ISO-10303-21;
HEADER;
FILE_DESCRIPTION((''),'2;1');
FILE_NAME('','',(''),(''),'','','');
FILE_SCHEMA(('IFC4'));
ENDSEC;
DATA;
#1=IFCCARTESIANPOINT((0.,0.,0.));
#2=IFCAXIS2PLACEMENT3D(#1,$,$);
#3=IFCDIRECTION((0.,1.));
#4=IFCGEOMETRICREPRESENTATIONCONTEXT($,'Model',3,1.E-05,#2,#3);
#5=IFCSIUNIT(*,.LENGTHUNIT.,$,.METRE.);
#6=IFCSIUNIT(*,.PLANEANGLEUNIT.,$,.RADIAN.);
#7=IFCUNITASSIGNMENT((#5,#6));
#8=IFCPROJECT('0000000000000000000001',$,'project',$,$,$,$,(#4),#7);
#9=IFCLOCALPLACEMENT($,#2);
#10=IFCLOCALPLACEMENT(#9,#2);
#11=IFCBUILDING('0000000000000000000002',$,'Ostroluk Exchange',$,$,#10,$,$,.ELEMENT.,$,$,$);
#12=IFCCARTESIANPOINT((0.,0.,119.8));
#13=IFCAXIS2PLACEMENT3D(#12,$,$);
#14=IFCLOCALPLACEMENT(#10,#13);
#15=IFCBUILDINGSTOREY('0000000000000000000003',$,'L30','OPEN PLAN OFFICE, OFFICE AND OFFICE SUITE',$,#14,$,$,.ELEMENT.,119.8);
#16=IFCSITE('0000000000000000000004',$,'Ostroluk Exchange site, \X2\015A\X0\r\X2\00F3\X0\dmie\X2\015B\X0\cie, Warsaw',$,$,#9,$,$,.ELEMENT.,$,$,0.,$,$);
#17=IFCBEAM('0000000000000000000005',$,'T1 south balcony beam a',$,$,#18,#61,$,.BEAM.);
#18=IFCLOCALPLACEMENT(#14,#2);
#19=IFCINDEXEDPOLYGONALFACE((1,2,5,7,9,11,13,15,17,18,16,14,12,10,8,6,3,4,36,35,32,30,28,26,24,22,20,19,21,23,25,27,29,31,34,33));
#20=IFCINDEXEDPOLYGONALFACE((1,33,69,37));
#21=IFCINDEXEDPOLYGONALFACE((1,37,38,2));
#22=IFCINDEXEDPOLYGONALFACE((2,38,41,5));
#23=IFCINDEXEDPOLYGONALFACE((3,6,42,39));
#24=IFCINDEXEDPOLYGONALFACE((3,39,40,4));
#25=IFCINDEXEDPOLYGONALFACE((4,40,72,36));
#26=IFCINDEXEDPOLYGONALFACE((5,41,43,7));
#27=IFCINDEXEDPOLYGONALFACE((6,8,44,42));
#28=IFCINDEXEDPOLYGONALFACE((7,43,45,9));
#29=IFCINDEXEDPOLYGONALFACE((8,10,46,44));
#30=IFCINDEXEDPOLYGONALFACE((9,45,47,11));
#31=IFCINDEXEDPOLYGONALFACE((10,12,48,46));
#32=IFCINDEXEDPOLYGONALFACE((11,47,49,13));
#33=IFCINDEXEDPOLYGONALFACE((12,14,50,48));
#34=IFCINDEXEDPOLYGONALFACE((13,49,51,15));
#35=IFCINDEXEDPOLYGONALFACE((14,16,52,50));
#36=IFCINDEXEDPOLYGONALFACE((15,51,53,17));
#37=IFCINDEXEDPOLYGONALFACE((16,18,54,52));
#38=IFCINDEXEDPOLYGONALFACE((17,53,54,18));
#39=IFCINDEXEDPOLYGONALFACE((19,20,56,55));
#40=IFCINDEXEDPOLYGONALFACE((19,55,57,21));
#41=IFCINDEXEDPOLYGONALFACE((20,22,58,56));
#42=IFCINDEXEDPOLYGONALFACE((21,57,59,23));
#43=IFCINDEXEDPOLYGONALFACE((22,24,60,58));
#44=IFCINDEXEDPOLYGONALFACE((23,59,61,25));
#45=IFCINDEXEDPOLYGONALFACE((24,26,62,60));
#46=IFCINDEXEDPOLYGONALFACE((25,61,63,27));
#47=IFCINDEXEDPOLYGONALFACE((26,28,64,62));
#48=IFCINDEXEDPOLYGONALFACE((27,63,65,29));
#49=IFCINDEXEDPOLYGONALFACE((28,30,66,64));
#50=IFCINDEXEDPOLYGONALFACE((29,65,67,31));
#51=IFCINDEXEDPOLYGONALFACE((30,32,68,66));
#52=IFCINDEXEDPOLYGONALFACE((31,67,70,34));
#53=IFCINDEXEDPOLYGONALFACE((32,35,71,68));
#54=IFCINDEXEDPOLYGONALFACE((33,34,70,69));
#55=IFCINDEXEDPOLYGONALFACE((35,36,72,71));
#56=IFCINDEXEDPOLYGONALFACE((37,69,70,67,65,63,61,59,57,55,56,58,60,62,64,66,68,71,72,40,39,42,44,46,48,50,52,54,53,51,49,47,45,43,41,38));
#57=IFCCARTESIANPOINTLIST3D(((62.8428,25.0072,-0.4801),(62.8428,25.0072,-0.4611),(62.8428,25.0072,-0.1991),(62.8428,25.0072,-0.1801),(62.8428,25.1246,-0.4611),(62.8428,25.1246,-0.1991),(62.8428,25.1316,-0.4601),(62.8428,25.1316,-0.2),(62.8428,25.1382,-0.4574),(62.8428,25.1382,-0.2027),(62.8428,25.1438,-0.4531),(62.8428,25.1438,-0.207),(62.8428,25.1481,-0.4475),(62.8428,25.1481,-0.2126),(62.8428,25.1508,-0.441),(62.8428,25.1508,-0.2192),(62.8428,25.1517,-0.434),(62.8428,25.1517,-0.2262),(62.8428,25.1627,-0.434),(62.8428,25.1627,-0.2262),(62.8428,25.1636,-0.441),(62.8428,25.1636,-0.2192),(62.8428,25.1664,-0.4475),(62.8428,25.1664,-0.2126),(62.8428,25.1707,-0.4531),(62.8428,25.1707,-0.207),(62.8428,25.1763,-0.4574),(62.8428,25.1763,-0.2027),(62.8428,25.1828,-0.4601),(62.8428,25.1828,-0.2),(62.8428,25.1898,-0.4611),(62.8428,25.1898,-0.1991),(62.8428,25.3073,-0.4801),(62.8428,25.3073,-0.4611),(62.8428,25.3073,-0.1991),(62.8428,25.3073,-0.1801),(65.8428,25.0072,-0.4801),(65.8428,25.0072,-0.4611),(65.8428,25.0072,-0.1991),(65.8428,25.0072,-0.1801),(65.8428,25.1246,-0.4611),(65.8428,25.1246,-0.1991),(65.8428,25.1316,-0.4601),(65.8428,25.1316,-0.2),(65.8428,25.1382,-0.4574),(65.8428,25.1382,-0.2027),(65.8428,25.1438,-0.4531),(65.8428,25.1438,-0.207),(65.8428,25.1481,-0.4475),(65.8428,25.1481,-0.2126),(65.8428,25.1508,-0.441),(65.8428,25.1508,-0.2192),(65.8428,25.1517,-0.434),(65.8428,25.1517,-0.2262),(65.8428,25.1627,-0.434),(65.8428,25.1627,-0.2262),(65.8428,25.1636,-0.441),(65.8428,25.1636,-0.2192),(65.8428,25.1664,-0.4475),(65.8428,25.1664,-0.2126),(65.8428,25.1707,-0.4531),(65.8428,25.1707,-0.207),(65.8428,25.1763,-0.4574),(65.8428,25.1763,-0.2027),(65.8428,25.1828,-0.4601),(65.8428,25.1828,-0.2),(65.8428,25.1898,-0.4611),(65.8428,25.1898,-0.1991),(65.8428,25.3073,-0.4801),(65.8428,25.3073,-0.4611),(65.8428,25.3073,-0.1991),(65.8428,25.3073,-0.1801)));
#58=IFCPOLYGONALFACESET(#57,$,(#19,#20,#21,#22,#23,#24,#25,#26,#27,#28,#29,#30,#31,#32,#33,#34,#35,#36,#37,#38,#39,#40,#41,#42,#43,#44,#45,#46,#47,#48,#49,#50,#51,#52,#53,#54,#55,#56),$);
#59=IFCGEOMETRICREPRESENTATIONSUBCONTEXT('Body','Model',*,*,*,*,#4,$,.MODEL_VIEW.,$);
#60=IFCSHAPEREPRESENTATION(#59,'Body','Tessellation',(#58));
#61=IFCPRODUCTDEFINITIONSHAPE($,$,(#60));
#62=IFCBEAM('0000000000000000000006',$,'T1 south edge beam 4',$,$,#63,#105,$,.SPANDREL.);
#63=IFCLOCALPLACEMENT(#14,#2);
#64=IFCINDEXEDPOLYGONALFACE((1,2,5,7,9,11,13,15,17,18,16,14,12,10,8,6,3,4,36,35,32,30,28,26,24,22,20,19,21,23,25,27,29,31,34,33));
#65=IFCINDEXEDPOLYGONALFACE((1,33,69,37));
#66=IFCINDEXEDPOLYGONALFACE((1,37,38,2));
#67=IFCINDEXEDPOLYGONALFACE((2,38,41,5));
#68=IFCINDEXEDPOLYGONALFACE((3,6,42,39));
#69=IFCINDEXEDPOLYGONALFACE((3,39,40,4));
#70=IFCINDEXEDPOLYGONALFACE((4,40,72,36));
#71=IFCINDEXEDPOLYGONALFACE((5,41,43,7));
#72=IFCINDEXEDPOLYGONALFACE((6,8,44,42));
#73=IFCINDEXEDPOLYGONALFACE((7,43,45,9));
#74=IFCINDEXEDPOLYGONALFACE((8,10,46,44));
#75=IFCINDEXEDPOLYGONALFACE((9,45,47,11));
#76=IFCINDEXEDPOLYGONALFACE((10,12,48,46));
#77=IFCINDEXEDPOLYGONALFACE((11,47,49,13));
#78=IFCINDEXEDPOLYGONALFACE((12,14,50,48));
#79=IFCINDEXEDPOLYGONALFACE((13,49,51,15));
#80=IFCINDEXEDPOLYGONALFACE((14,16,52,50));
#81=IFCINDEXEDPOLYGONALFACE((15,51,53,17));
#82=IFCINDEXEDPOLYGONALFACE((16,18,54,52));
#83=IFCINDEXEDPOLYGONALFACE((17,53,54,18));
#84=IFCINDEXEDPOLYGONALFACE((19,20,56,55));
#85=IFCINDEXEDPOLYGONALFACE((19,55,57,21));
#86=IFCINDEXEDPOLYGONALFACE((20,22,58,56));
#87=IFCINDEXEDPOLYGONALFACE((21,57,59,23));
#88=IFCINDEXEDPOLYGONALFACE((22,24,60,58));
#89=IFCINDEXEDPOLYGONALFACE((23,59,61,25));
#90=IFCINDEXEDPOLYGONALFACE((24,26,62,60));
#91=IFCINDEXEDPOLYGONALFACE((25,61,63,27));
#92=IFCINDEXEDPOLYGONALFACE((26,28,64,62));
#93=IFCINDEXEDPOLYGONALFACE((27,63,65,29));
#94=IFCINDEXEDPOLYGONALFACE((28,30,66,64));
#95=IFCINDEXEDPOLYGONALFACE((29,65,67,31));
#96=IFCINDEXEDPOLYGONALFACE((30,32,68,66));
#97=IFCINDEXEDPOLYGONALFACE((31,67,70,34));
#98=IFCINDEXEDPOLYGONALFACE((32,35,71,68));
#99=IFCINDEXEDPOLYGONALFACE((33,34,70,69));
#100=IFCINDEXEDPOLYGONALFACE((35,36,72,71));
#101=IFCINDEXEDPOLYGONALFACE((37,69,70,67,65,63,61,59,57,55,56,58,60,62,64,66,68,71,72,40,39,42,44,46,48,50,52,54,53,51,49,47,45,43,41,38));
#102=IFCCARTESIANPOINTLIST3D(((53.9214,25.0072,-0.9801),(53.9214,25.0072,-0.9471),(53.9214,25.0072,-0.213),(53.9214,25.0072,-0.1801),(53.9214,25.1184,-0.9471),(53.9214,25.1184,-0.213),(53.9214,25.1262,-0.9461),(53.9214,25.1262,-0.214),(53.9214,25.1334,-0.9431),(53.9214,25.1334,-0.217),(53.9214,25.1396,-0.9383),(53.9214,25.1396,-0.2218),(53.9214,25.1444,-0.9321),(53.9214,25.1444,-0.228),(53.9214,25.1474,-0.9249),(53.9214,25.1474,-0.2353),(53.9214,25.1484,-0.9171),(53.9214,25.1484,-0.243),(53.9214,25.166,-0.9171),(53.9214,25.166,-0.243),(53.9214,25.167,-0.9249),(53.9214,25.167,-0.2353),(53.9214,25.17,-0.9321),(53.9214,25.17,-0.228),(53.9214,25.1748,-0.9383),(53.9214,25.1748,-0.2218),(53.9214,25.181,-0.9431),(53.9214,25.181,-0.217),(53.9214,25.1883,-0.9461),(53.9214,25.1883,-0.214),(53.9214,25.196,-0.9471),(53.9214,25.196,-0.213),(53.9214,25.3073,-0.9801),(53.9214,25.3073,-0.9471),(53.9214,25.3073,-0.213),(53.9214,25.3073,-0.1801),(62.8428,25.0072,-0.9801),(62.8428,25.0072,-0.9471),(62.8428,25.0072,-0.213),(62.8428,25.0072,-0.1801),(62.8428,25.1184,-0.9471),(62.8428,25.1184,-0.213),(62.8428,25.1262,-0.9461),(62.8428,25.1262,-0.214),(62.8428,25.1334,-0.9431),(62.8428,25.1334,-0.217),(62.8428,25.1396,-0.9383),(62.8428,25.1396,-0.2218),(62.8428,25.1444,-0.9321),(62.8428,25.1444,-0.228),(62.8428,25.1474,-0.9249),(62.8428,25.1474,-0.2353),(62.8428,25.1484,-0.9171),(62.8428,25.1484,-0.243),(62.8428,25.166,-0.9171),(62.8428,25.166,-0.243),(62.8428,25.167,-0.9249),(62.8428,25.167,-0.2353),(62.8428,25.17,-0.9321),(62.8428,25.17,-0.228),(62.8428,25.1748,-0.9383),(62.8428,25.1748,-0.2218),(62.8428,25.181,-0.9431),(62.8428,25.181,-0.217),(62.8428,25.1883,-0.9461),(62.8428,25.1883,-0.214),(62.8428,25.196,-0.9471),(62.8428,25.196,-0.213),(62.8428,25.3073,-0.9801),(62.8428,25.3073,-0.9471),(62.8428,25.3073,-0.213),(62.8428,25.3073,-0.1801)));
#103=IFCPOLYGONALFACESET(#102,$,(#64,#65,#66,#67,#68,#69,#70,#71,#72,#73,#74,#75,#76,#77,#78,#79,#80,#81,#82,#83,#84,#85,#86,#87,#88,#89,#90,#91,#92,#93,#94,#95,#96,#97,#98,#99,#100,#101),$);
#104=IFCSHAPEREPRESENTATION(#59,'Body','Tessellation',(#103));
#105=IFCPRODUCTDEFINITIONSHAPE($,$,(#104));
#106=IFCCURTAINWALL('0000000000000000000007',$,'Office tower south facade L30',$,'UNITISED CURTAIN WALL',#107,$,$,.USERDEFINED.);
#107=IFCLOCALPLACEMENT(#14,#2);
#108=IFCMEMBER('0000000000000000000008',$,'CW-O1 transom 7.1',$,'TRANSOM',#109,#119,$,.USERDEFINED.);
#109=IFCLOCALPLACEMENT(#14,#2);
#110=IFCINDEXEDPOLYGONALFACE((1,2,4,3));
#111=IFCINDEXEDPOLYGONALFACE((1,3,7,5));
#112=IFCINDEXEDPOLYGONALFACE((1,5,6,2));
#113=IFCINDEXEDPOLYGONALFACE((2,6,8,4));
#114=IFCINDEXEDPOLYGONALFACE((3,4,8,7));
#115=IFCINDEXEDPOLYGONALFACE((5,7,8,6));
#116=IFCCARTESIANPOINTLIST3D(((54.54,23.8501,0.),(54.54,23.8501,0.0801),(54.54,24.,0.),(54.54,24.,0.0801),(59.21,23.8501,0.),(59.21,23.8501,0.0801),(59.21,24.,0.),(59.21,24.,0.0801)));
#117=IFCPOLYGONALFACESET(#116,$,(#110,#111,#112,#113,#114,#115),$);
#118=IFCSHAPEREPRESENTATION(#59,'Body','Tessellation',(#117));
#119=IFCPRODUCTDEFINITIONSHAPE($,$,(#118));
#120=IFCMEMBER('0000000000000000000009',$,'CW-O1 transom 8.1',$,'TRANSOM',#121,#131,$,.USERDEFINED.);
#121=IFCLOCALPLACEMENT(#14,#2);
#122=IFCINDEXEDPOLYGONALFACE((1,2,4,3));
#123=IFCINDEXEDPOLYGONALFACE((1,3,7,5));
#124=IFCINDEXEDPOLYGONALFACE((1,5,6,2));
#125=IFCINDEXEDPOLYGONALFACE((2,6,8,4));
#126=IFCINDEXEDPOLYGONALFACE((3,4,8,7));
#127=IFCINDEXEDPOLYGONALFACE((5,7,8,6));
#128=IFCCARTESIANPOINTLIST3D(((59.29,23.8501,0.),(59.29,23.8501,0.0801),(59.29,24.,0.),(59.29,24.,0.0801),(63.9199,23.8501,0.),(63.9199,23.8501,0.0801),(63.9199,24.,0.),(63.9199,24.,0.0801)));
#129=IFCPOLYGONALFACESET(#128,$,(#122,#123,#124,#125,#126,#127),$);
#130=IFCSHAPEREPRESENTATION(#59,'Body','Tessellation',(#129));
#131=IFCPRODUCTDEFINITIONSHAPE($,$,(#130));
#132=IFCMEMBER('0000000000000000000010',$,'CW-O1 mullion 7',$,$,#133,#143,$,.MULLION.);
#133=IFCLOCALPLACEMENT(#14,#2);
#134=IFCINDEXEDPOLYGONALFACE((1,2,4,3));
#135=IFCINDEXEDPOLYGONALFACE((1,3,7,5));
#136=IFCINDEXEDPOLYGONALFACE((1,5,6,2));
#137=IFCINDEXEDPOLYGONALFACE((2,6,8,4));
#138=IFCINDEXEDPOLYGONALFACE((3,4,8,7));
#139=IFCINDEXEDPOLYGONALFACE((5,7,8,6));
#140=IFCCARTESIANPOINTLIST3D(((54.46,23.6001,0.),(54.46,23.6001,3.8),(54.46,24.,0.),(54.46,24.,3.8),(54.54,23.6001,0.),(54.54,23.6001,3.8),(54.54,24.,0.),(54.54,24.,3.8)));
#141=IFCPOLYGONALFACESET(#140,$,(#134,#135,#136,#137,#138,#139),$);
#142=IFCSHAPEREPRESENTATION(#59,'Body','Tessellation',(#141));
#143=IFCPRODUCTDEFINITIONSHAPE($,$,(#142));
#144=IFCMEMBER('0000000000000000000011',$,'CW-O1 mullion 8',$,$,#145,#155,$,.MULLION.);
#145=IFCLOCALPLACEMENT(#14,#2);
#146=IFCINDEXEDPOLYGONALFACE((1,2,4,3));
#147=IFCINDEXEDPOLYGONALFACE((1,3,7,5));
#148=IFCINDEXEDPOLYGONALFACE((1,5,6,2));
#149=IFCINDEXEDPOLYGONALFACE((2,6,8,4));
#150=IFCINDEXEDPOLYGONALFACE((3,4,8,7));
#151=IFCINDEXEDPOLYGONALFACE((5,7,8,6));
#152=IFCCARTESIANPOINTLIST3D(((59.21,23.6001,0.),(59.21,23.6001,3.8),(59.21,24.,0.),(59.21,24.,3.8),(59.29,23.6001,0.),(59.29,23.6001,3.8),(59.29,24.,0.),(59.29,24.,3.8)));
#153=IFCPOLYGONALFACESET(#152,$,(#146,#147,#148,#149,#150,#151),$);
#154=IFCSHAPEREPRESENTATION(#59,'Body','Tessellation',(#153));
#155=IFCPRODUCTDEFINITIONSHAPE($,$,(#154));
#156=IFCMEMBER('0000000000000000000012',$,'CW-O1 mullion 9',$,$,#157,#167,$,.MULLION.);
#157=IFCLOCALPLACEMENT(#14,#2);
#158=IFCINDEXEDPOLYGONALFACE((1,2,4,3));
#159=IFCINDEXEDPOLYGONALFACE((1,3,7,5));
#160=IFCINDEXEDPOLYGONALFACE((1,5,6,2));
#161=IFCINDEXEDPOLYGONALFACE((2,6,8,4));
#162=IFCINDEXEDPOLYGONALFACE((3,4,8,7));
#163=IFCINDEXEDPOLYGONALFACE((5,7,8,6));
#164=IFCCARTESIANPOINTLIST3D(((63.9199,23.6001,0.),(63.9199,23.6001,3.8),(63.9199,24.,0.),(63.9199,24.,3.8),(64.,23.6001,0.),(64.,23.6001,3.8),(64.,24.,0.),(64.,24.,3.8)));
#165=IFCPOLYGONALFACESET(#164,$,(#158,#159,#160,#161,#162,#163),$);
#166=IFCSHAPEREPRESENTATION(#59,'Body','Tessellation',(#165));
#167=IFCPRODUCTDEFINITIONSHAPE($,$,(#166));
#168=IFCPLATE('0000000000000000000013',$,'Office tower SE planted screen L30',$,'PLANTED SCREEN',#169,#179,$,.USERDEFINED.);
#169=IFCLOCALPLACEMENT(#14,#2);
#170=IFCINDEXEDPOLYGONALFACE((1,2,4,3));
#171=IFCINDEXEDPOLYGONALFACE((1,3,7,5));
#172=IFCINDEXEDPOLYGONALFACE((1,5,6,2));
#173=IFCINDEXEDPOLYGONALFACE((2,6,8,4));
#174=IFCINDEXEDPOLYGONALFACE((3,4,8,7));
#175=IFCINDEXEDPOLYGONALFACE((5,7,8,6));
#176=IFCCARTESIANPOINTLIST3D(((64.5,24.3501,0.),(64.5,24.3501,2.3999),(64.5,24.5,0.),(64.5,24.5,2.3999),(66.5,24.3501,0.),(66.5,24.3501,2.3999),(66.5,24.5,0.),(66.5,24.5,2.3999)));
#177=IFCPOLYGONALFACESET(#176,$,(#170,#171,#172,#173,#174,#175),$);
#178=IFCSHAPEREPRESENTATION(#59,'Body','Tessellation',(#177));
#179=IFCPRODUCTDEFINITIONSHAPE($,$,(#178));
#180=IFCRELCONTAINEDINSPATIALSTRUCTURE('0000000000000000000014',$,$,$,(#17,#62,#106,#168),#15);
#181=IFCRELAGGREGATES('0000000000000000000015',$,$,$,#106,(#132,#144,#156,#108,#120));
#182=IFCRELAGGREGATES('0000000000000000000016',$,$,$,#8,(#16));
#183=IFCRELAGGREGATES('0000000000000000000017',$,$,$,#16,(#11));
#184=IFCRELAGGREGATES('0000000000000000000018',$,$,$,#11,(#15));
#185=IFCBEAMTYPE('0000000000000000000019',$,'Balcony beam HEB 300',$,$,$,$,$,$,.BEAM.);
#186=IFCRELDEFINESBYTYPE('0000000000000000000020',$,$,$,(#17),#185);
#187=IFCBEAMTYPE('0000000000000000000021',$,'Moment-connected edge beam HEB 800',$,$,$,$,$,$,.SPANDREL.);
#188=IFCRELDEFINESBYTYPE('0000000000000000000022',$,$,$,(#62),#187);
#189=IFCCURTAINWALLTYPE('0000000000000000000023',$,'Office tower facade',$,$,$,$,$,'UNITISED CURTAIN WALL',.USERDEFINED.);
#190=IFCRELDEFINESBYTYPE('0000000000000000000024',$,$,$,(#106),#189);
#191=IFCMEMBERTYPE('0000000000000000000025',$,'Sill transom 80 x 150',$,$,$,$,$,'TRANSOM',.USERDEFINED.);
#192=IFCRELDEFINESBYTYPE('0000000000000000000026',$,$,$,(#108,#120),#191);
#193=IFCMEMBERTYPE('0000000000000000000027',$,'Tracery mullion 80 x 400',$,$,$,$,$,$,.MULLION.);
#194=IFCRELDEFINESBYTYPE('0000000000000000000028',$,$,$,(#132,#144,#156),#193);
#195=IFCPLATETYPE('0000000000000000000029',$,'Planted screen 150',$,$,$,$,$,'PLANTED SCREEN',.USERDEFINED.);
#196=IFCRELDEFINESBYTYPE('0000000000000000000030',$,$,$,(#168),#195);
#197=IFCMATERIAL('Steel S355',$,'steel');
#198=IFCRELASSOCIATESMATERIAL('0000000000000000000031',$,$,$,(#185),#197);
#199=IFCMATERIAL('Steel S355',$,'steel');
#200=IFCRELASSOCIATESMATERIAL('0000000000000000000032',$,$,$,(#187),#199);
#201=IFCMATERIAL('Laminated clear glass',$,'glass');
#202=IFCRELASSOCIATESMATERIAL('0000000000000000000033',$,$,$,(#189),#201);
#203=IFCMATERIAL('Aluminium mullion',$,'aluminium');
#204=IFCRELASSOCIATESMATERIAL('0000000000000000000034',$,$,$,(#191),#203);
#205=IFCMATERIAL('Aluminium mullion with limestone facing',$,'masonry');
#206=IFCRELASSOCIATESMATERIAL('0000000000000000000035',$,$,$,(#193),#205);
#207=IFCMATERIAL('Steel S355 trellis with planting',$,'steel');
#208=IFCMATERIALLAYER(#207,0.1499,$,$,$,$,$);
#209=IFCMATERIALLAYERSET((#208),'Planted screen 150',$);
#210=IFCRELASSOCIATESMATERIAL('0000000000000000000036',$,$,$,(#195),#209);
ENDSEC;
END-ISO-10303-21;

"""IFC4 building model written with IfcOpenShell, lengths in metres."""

from ifc_helpers import new_model, si_unit, direction, frame, origin, origin_2d, place, context, subcontext, project, spatial, rectangle, i_section, extrude, material, layer, layer_set, material_profile, profile_set, type_object, element, aggregate, save


model = new_model("IFC4")

# Units and contexts
model_context = context("Model", 3, precision=1e-05, world=origin(), true_north=direction((0.0, 1.0)))
body_context = subcontext(model_context, "Body", "Model", "MODEL_VIEW")
ifc_project = project(units=[si_unit("LENGTHUNIT", "METRE"), si_unit("PLANEANGLEUNIT", "RADIAN")], contexts=[model_context])

# Site, building, storey
site_placement = place(None, origin())
site = spatial("IfcSite", under=ifc_project, at=site_placement, Name="Ostroluk Exchange site, Śródmieście, Warsaw", CompositionType="ELEMENT", RefElevation=0.0)
building_placement = place(site_placement, origin())
building = spatial("IfcBuilding", under=site, at=building_placement, Name="Ostroluk Exchange", CompositionType="ELEMENT")
storey_placement = place(building_placement, frame((0.0, 0.0, 119.8)))
storey = spatial("IfcBuildingStorey", under=building, at=storey_placement, Name="L30", Description="OPEN PLAN OFFICE, OFFICE AND OFFICE SUITE", CompositionType="ELEMENT", Elevation=119.8)

# Beams
ifc_material_1 = material(Name="Steel S355", Category="steel")
ifc_material_profile_1 = material_profile(ifc_material_1, i_section(OverallWidth=0.3, OverallDepth=0.3, WebThickness=0.011, FlangeThickness=0.019, FilletRadius=0.0271, at=origin_2d()), Name="HEB 300")
ifc_profile_set_1 = profile_set([ifc_material_profile_1], Name="Steel S355")
beam_type_1 = type_object("IfcBeamType", Name="Balcony beam HEB 300", PredefinedType="BEAM", material=ifc_profile_set_1)
beam_1_placement = place(storey_placement, frame((62.8428, 25.1572, -0.3301), z_axis=(1.0, 0.0, 0.0), x_axis=(0.0, 1.0, 0.0)))
element("IfcBeam", 1, at=beam_1_placement, inside=storey, type_object=beam_type_1, Name="T1 south balcony beam a", PredefinedType="BEAM", context=body_context, shape_type="SweptSolid", body=[
    extrude(i_section(OverallWidth=0.3, OverallDepth=0.3, WebThickness=0.011, FlangeThickness=0.019, FilletRadius=0.0271, at=origin_2d()), origin(), (0.0, 0.0, 1.0), 3.0),
])
ifc_material_2 = material(Name="Steel S355", Category="steel")
ifc_material_profile_2 = material_profile(ifc_material_2, i_section(OverallWidth=0.3, OverallDepth=0.8, WebThickness=0.0176, FlangeThickness=0.033, FilletRadius=0.03, at=origin_2d()), Name="HEB 800")
ifc_profile_set_2 = profile_set([ifc_material_profile_2], Name="Steel S355")
beam_type_2 = type_object("IfcBeamType", Name="Moment-connected edge beam HEB 800", PredefinedType="SPANDREL", material=ifc_profile_set_2)
beam_2_placement = place(storey_placement, frame((53.9214, 25.1572, -0.5801), z_axis=(1.0, 0.0, 0.0), x_axis=(0.0, 1.0, 0.0)))
element("IfcBeam", 2, at=beam_2_placement, inside=storey, type_object=beam_type_2, Name="T1 south edge beam 4", PredefinedType="SPANDREL", context=body_context, shape_type="SweptSolid", body=[
    extrude(i_section(OverallWidth=0.3, OverallDepth=0.8, WebThickness=0.0176, FlangeThickness=0.033, FilletRadius=0.03, at=origin_2d()), origin(), (0.0, 0.0, 1.0), 8.9214),
])

# Curtain wall, members
ifc_material_3 = material(Name="Laminated clear glass", Category="glass")
curtain_wall_type = type_object("IfcCurtainWallType", Name="Office tower facade", ElementType="UNITISED CURTAIN WALL", PredefinedType="USERDEFINED", material=ifc_material_3)
curtain_wall_placement = place(storey_placement, origin())
curtain_wall = element("IfcCurtainWall", 3, at=curtain_wall_placement, inside=storey, type_object=curtain_wall_type, Name="Office tower south facade L30", ObjectType="UNITISED CURTAIN WALL", PredefinedType="USERDEFINED")
ifc_material_4 = material(Name="Aluminium mullion", Category="aluminium")
ifc_material_profile_3 = material_profile(ifc_material_4, rectangle(XDim=0.1499, YDim=0.0801, at=origin_2d()), Name="Sill transom 80 x 150")
ifc_profile_set_3 = profile_set([ifc_material_profile_3], Name="Aluminium mullion")
member_type_1 = type_object("IfcMemberType", Name="Sill transom 80 x 150", ElementType="TRANSOM", PredefinedType="USERDEFINED", material=ifc_profile_set_3)
member_1_placement = place(storey_placement, frame((54.54, 23.925, 0.04), z_axis=(1.0, 0.0, 0.0), x_axis=(0.0, 1.0, 0.0)))
member_1 = element("IfcMember", 4, at=member_1_placement, type_object=member_type_1, Name="CW-O1 transom 7.1", ObjectType="TRANSOM", PredefinedType="USERDEFINED", context=body_context, shape_type="SweptSolid", body=[
    extrude(rectangle(XDim=0.1499, YDim=0.0801, at=origin_2d()), origin(), (0.0, 0.0, 1.0), 4.6699),
])
member_2_placement = place(storey_placement, frame((59.29, 23.925, 0.04), z_axis=(1.0, 0.0, 0.0), x_axis=(0.0, 1.0, 0.0)))
member_2 = element("IfcMember", 5, at=member_2_placement, type_object=member_type_1, Name="CW-O1 transom 8.1", ObjectType="TRANSOM", PredefinedType="USERDEFINED", context=body_context, shape_type="SweptSolid", body=[
    extrude(rectangle(XDim=0.1499, YDim=0.0801, at=origin_2d()), origin(), (0.0, 0.0, 1.0), 4.6299),
])
ifc_material_5 = material(Name="Aluminium mullion with limestone facing", Category="masonry")
ifc_material_profile_4 = material_profile(ifc_material_5, rectangle(XDim=0.3999, YDim=0.0801, at=origin_2d()), Name="Tracery mullion 80 x 400")
ifc_profile_set_4 = profile_set([ifc_material_profile_4], Name="Aluminium mullion with limestone facing")
member_type_2 = type_object("IfcMemberType", Name="Tracery mullion 80 x 400", PredefinedType="MULLION", material=ifc_profile_set_4)
member_3_placement = place(storey_placement, frame((54.5, 23.8, 0.0), z_axis=(0.0, 0.0, 1.0), x_axis=(0.0, 1.0, 0.0)))
member_3 = element("IfcMember", 6, at=member_3_placement, type_object=member_type_2, Name="CW-O1 mullion 7", PredefinedType="MULLION", context=body_context, shape_type="SweptSolid", body=[
    extrude(rectangle(XDim=0.3999, YDim=0.0801, at=origin_2d()), origin(), (0.0, 0.0, 1.0), 3.8),
])
member_4_placement = place(storey_placement, frame((59.25, 23.8, 0.0), z_axis=(0.0, 0.0, 1.0), x_axis=(0.0, 1.0, 0.0)))
member_4 = element("IfcMember", 7, at=member_4_placement, type_object=member_type_2, Name="CW-O1 mullion 8", PredefinedType="MULLION", context=body_context, shape_type="SweptSolid", body=[
    extrude(rectangle(XDim=0.3999, YDim=0.0801, at=origin_2d()), origin(), (0.0, 0.0, 1.0), 3.8),
])
member_5_placement = place(storey_placement, frame((63.96, 23.8, 0.0), z_axis=(0.0, 0.0, 1.0), x_axis=(0.0, 1.0, 0.0)))
member_5 = element("IfcMember", 8, at=member_5_placement, type_object=member_type_2, Name="CW-O1 mullion 9", PredefinedType="MULLION", context=body_context, shape_type="SweptSolid", body=[
    extrude(rectangle(XDim=0.3999, YDim=0.0801, at=origin_2d()), origin(), (0.0, 0.0, 1.0), 3.8),
])

# Plate
ifc_material_6 = material(Name="Steel S355 trellis with planting", Category="steel")
ifc_layer_1 = layer(ifc_material_6, 0.1499)
ifc_layer_set_1 = layer_set([ifc_layer_1], Name="Planted screen 150")
plate_type_1 = type_object("IfcPlateType", Name="Planted screen 150", ElementType="PLANTED SCREEN", PredefinedType="USERDEFINED", material=ifc_layer_set_1)
plate_1_placement = place(storey_placement, frame((65.5, 24.425, 0.0), z_axis=(0.0, 0.0, 1.0), x_axis=(1.0, 0.0, 0.0)))
element("IfcPlate", 9, at=plate_1_placement, inside=storey, type_object=plate_type_1, Name="Office tower SE planted screen L30", ObjectType="PLANTED SCREEN", PredefinedType="USERDEFINED", context=body_context, shape_type="SweptSolid", body=[
    extrude(rectangle(XDim=2.0, YDim=0.1499, at=origin_2d()), origin(), (0.0, 0.0, 1.0), 2.3999),
])
aggregate(curtain_wall, [member_3, member_4, member_5, member_1, member_2])

save(model, "model.ifc")
